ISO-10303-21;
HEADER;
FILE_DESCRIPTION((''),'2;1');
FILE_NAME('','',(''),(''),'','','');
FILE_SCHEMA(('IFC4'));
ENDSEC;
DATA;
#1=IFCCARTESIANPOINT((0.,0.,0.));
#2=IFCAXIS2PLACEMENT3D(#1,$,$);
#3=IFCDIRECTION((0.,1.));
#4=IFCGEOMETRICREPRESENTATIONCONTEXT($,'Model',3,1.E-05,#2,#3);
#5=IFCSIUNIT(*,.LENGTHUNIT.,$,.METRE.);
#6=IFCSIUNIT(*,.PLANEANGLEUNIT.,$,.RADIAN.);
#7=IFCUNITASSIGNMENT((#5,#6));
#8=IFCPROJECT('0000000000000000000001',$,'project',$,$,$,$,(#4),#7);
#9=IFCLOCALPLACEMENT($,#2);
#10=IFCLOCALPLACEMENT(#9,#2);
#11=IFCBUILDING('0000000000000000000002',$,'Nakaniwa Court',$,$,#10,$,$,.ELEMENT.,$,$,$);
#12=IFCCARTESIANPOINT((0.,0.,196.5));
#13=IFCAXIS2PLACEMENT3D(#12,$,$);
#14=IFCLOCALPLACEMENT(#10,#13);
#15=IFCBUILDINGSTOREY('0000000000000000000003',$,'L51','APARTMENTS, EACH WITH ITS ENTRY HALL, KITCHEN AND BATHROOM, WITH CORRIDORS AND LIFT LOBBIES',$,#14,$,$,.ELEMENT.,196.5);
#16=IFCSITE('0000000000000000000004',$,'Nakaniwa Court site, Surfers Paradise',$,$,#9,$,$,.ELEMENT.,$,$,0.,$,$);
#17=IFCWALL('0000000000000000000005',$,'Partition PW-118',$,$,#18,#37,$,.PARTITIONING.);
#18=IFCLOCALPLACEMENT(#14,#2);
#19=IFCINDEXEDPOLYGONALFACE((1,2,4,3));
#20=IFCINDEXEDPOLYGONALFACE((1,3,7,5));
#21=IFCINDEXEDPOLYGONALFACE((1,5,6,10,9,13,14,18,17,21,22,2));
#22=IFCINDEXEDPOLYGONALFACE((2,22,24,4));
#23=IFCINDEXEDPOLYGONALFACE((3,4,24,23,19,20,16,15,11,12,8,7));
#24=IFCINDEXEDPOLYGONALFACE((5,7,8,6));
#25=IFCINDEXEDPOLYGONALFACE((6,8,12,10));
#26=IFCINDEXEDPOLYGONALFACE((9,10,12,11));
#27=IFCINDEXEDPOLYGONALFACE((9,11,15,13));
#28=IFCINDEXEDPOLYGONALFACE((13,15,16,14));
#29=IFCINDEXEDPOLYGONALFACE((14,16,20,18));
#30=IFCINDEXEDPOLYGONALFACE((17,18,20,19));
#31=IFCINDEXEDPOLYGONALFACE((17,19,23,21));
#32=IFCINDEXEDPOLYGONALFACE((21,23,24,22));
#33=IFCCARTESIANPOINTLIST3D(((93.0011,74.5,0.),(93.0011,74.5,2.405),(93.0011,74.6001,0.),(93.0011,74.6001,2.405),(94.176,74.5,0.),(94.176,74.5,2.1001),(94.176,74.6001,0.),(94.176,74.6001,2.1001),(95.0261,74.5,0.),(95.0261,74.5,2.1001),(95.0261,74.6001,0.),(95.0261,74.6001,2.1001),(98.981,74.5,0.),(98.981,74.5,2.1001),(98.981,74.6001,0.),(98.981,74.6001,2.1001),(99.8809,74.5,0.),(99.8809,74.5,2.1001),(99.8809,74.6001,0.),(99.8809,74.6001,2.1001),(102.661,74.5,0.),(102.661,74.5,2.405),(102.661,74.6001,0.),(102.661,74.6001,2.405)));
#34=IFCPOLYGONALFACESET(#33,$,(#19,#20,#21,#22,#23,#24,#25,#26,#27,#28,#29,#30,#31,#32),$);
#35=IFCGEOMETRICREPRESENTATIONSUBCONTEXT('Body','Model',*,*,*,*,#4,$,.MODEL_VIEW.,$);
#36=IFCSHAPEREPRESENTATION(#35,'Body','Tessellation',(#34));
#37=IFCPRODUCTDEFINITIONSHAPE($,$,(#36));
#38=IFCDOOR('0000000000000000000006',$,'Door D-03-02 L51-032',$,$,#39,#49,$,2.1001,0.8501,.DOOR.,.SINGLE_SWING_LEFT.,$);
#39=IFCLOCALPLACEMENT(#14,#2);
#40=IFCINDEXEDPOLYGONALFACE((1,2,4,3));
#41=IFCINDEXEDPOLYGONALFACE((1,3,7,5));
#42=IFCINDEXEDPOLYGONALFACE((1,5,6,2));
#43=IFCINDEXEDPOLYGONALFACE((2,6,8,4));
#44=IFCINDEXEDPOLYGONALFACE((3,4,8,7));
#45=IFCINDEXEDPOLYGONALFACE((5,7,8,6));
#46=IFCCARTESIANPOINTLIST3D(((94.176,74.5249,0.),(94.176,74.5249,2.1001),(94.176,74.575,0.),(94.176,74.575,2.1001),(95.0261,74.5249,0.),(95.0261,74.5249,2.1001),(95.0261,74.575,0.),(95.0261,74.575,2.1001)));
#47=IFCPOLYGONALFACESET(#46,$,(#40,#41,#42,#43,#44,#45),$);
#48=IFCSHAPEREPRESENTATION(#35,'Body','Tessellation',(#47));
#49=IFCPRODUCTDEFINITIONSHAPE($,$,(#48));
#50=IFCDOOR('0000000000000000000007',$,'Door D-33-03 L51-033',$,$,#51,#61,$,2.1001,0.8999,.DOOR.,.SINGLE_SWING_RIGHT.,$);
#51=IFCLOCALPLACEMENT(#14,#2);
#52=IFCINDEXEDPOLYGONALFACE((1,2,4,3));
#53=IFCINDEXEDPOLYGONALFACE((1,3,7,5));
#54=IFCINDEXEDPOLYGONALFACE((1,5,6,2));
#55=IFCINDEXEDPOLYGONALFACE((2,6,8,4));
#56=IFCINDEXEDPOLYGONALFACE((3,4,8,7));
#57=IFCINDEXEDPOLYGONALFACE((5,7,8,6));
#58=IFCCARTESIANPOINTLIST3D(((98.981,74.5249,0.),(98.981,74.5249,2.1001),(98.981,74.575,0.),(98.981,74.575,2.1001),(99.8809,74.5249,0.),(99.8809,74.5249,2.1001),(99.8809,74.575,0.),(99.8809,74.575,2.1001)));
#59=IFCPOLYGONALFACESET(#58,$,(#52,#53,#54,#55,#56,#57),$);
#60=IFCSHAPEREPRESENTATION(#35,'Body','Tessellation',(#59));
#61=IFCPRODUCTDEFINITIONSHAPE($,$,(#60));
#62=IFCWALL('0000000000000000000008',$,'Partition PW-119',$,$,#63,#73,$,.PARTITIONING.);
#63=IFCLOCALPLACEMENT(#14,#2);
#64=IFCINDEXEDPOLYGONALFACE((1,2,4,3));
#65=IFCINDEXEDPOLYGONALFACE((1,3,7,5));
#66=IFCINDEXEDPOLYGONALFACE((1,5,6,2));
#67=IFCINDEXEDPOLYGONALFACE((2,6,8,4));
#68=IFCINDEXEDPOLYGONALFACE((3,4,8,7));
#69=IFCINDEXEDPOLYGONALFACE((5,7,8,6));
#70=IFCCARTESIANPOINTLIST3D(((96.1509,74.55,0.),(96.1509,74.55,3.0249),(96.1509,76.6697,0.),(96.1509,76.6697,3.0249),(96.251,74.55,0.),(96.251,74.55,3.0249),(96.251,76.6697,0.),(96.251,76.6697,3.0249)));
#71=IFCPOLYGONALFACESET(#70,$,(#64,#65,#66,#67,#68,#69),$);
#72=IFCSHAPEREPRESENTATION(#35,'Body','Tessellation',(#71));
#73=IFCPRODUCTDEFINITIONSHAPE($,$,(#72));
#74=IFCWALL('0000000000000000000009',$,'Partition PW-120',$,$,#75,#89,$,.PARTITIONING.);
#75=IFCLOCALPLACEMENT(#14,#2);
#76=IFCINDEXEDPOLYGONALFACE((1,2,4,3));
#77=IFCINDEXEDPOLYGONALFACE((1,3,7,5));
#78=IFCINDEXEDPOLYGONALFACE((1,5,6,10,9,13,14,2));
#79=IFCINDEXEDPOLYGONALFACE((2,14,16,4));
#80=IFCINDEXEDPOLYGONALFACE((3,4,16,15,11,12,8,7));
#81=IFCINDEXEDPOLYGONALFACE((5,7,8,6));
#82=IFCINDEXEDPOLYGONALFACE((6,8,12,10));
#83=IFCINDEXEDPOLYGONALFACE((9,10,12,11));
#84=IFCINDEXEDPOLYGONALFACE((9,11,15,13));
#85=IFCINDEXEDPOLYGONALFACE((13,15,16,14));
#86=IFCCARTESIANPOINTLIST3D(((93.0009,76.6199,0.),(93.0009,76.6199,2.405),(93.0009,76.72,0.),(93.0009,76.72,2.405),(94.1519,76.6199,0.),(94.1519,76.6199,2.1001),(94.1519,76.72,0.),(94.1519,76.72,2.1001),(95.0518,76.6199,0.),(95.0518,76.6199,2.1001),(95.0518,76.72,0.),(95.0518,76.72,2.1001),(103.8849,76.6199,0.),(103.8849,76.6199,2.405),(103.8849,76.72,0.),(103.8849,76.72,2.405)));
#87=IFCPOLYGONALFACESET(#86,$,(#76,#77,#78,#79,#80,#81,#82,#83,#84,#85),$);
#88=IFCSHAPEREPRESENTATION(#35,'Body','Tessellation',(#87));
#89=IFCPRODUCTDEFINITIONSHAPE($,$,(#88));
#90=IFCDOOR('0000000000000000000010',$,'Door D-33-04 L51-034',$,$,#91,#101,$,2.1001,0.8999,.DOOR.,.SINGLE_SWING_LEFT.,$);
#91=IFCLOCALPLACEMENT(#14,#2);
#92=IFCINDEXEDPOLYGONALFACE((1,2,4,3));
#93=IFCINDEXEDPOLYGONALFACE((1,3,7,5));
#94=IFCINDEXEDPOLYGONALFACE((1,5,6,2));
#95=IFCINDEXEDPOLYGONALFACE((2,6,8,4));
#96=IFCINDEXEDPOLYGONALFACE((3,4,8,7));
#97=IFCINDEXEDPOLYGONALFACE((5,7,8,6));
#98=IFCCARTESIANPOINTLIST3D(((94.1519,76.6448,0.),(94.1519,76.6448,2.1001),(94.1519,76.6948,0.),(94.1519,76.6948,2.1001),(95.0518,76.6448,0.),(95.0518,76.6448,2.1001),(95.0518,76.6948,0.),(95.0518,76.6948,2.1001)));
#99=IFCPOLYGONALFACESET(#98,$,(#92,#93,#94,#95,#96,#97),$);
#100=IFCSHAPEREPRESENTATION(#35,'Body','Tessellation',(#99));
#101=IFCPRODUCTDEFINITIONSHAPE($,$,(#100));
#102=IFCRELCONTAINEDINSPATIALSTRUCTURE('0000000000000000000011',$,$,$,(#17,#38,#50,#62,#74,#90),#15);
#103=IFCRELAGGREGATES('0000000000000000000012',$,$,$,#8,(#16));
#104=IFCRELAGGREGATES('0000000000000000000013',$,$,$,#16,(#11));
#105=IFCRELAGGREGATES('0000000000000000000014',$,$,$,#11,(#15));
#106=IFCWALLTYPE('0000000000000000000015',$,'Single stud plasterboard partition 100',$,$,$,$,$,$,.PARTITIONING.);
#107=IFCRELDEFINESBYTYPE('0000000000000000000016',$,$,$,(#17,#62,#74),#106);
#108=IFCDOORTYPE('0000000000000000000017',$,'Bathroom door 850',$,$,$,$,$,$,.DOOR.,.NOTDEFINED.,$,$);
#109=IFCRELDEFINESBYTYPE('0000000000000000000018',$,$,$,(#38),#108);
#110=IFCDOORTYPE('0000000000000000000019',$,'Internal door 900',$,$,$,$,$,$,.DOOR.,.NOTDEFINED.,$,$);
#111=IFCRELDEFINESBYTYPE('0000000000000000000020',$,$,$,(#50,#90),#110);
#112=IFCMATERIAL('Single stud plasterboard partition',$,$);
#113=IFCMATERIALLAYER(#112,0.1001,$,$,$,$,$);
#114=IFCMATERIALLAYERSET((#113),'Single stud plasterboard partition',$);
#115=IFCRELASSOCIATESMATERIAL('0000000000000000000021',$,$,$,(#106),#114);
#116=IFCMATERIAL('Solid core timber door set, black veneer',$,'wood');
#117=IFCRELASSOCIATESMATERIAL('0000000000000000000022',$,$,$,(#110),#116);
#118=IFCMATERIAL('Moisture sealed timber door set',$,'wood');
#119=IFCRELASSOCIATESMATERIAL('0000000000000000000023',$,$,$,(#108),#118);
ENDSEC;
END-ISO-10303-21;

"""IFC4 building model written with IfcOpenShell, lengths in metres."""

from ifc_helpers import new_model, si_unit, direction, frame, frame_2d, origin, place, context, subcontext, project, spatial, rectangle, extrude, material, layer, layer_set, type_object, element, fill, save


model = new_model("IFC4")

# Units and contexts
model_context = context("Model", 3, precision=1e-05, world=origin(), true_north=direction((0.0, 1.0)))
body_context = subcontext(model_context, "Body", "Model", "MODEL_VIEW")
ifc_project = project(units=[si_unit("LENGTHUNIT", "METRE"), si_unit("PLANEANGLEUNIT", "RADIAN")], contexts=[model_context])

# Site, building, storey
site_placement = place(None, origin())
site = spatial("IfcSite", under=ifc_project, at=site_placement, Name="Nakaniwa Court site, Surfers Paradise", CompositionType="ELEMENT", RefElevation=0.0)
building_placement = place(site_placement, origin())
building = spatial("IfcBuilding", under=site, at=building_placement, Name="Nakaniwa Court", CompositionType="ELEMENT")
storey_placement = place(building_placement, frame((0.0, 0.0, 196.5)))
storey = spatial("IfcBuildingStorey", under=building, at=storey_placement, Name="L51", Description="APARTMENTS, EACH WITH ITS ENTRY HALL, KITCHEN AND BATHROOM, WITH CORRIDORS AND LIFT LOBBIES", CompositionType="ELEMENT", Elevation=196.5)

# Shared definitions
ifc_material_1 = material(Name="Solid core timber door set, black veneer", Category="wood")

# Shared definitions
ifc_material_2 = material(Name="Single stud plasterboard partition")
ifc_layer_1 = layer(ifc_material_2, 0.1001)
ifc_layer_set_1 = layer_set([ifc_layer_1], Name="Single stud plasterboard partition")
wall_type_1 = type_object("IfcWallType", Name="Single stud plasterboard partition 100", PredefinedType="PARTITIONING", material=ifc_layer_set_1)
door_type_1 = type_object("IfcDoorType", Name="Internal door 900", OperationType="NOTDEFINED", PredefinedType="DOOR", material=ifc_material_1)

# Wall, openings, doors
wall_1_placement = place(storey_placement, frame((93.001, 74.55, 0.0), z_axis=(0.0, 0.0, 1.0), x_axis=(1.0, 0.0, 0.0)))
wall_1 = element("IfcWall", 1, at=wall_1_placement, inside=storey, type_object=wall_type_1, Name="Partition PW-118", PredefinedType="PARTITIONING", context=body_context, shape_type="SweptSolid", body=[
    extrude(rectangle(XDim=9.6599, YDim=0.1001, at=frame_2d((4.8301, 0.0))), origin(), (0.0, 0.0, 1.0), 2.405),
])
opening_1_placement = place(wall_1_placement, frame((1.175, 0.0, 0.0)))
opening_1 = element("IfcOpeningElement", 2, at=opening_1_placement, cuts=wall_1, PredefinedType="OPENING", context=body_context, shape_type="SweptSolid", body=[
    extrude(rectangle(XDim=0.8501, YDim=2.1001, at=frame_2d((0.425, 1.05))), frame((0.0, 0.0601, 0.0), z_axis=(0.0, -1.0, 0.0), x_axis=(1.0, 0.0, 0.0)), (0.0, 0.0, 1.0), 0.1201),
])
opening_2_placement = place(wall_1_placement, frame((5.98, 0.0, 0.0)))
opening_2 = element("IfcOpeningElement", 3, at=opening_2_placement, cuts=wall_1, PredefinedType="OPENING", context=body_context, shape_type="SweptSolid", body=[
    extrude(rectangle(XDim=0.8999, YDim=2.1001, at=frame_2d((0.45, 1.05))), frame((0.0, 0.0601, 0.0), z_axis=(0.0, -1.0, 0.0), x_axis=(1.0, 0.0, 0.0)), (0.0, 0.0, 1.0), 0.1201),
])
ifc_material_3 = material(Name="Moisture sealed timber door set", Category="wood")
door_type_2 = type_object("IfcDoorType", Name="Bathroom door 850", OperationType="NOTDEFINED", PredefinedType="DOOR", material=ifc_material_3)
door_1_placement = place(opening_1_placement, origin())
door_1 = element("IfcDoor", 4, at=door_1_placement, inside=storey, type_object=door_type_2, Name="Door D-03-02 L51-032", OperationType="SINGLE_SWING_LEFT", OverallHeight=2.1001, OverallWidth=0.8501, PredefinedType="DOOR", context=body_context, shape_type="SweptSolid", body=[
    extrude(rectangle(XDim=0.8501, YDim=2.1001, at=frame_2d((0.425, 1.05))), frame((0.0, 0.0249, 0.0), z_axis=(0.0, -1.0, 0.0), x_axis=(1.0, 0.0, 0.0)), (0.0, 0.0, 1.0), 0.05),
])
fill(opening_1, door_1)
door_2_placement = place(opening_2_placement, origin())
door_2 = element("IfcDoor", 5, at=door_2_placement, inside=storey, type_object=door_type_1, Name="Door D-33-03 L51-033", OperationType="SINGLE_SWING_RIGHT", OverallHeight=2.1001, OverallWidth=0.8999, PredefinedType="DOOR", context=body_context, shape_type="SweptSolid", body=[
    extrude(rectangle(XDim=0.8999, YDim=2.1001, at=frame_2d((0.45, 1.05))), frame((0.0, 0.0249, 0.0), z_axis=(0.0, -1.0, 0.0), x_axis=(1.0, 0.0, 0.0)), (0.0, 0.0, 1.0), 0.05),
])
fill(opening_2, door_2)

# Wall
wall_2_placement = place(storey_placement, frame((96.2009, 74.55, 0.0), z_axis=(0.0, 0.0, 1.0), x_axis=(0.0, 1.0, 0.0)))
element("IfcWall", 6, at=wall_2_placement, inside=storey, type_object=wall_type_1, Name="Partition PW-119", PredefinedType="PARTITIONING", context=body_context, shape_type="SweptSolid", body=[
    extrude(rectangle(XDim=2.1196, YDim=0.1001, at=frame_2d((1.0598, 0.0))), origin(), (0.0, 0.0, 1.0), 3.0249),
])

# Wall, opening, door
wall_3_placement = place(storey_placement, frame((93.001, 76.6699, 0.0), z_axis=(0.0, 0.0, 1.0), x_axis=(1.0, 0.0, 0.0)))
wall_3 = element("IfcWall", 7, at=wall_3_placement, inside=storey, type_object=wall_type_1, Name="Partition PW-120", PredefinedType="PARTITIONING", context=body_context, shape_type="SweptSolid", body=[
    extrude(rectangle(XDim=10.884, YDim=0.1001, at=frame_2d((5.4419, 0.0))), origin(), (0.0, 0.0, 1.0), 2.405),
])
opening_3_placement = place(wall_3_placement, frame((1.1509, 0.0, 0.0)))
opening_3 = element("IfcOpeningElement", 8, at=opening_3_placement, cuts=wall_3, PredefinedType="OPENING", context=body_context, shape_type="SweptSolid", body=[
    extrude(rectangle(XDim=0.8999, YDim=2.1001, at=frame_2d((0.45, 1.05))), frame((0.0, 0.0601, 0.0), z_axis=(0.0, -1.0, 0.0), x_axis=(1.0, 0.0, 0.0)), (0.0, 0.0, 1.0), 0.1201),
])
door_3_placement = place(opening_3_placement, origin())
door_3 = element("IfcDoor", 9, at=door_3_placement, inside=storey, type_object=door_type_1, Name="Door D-33-04 L51-034", OperationType="SINGLE_SWING_LEFT", OverallHeight=2.1001, OverallWidth=0.8999, PredefinedType="DOOR", context=body_context, shape_type="SweptSolid", body=[
    extrude(rectangle(XDim=0.8999, YDim=2.1001, at=frame_2d((0.45, 1.05))), frame((0.0, 0.0249, 0.0), z_axis=(0.0, -1.0, 0.0), x_axis=(1.0, 0.0, 0.0)), (0.0, 0.0, 1.0), 0.05),
])
fill(opening_3, door_3)

save(model, "model.ifc")
